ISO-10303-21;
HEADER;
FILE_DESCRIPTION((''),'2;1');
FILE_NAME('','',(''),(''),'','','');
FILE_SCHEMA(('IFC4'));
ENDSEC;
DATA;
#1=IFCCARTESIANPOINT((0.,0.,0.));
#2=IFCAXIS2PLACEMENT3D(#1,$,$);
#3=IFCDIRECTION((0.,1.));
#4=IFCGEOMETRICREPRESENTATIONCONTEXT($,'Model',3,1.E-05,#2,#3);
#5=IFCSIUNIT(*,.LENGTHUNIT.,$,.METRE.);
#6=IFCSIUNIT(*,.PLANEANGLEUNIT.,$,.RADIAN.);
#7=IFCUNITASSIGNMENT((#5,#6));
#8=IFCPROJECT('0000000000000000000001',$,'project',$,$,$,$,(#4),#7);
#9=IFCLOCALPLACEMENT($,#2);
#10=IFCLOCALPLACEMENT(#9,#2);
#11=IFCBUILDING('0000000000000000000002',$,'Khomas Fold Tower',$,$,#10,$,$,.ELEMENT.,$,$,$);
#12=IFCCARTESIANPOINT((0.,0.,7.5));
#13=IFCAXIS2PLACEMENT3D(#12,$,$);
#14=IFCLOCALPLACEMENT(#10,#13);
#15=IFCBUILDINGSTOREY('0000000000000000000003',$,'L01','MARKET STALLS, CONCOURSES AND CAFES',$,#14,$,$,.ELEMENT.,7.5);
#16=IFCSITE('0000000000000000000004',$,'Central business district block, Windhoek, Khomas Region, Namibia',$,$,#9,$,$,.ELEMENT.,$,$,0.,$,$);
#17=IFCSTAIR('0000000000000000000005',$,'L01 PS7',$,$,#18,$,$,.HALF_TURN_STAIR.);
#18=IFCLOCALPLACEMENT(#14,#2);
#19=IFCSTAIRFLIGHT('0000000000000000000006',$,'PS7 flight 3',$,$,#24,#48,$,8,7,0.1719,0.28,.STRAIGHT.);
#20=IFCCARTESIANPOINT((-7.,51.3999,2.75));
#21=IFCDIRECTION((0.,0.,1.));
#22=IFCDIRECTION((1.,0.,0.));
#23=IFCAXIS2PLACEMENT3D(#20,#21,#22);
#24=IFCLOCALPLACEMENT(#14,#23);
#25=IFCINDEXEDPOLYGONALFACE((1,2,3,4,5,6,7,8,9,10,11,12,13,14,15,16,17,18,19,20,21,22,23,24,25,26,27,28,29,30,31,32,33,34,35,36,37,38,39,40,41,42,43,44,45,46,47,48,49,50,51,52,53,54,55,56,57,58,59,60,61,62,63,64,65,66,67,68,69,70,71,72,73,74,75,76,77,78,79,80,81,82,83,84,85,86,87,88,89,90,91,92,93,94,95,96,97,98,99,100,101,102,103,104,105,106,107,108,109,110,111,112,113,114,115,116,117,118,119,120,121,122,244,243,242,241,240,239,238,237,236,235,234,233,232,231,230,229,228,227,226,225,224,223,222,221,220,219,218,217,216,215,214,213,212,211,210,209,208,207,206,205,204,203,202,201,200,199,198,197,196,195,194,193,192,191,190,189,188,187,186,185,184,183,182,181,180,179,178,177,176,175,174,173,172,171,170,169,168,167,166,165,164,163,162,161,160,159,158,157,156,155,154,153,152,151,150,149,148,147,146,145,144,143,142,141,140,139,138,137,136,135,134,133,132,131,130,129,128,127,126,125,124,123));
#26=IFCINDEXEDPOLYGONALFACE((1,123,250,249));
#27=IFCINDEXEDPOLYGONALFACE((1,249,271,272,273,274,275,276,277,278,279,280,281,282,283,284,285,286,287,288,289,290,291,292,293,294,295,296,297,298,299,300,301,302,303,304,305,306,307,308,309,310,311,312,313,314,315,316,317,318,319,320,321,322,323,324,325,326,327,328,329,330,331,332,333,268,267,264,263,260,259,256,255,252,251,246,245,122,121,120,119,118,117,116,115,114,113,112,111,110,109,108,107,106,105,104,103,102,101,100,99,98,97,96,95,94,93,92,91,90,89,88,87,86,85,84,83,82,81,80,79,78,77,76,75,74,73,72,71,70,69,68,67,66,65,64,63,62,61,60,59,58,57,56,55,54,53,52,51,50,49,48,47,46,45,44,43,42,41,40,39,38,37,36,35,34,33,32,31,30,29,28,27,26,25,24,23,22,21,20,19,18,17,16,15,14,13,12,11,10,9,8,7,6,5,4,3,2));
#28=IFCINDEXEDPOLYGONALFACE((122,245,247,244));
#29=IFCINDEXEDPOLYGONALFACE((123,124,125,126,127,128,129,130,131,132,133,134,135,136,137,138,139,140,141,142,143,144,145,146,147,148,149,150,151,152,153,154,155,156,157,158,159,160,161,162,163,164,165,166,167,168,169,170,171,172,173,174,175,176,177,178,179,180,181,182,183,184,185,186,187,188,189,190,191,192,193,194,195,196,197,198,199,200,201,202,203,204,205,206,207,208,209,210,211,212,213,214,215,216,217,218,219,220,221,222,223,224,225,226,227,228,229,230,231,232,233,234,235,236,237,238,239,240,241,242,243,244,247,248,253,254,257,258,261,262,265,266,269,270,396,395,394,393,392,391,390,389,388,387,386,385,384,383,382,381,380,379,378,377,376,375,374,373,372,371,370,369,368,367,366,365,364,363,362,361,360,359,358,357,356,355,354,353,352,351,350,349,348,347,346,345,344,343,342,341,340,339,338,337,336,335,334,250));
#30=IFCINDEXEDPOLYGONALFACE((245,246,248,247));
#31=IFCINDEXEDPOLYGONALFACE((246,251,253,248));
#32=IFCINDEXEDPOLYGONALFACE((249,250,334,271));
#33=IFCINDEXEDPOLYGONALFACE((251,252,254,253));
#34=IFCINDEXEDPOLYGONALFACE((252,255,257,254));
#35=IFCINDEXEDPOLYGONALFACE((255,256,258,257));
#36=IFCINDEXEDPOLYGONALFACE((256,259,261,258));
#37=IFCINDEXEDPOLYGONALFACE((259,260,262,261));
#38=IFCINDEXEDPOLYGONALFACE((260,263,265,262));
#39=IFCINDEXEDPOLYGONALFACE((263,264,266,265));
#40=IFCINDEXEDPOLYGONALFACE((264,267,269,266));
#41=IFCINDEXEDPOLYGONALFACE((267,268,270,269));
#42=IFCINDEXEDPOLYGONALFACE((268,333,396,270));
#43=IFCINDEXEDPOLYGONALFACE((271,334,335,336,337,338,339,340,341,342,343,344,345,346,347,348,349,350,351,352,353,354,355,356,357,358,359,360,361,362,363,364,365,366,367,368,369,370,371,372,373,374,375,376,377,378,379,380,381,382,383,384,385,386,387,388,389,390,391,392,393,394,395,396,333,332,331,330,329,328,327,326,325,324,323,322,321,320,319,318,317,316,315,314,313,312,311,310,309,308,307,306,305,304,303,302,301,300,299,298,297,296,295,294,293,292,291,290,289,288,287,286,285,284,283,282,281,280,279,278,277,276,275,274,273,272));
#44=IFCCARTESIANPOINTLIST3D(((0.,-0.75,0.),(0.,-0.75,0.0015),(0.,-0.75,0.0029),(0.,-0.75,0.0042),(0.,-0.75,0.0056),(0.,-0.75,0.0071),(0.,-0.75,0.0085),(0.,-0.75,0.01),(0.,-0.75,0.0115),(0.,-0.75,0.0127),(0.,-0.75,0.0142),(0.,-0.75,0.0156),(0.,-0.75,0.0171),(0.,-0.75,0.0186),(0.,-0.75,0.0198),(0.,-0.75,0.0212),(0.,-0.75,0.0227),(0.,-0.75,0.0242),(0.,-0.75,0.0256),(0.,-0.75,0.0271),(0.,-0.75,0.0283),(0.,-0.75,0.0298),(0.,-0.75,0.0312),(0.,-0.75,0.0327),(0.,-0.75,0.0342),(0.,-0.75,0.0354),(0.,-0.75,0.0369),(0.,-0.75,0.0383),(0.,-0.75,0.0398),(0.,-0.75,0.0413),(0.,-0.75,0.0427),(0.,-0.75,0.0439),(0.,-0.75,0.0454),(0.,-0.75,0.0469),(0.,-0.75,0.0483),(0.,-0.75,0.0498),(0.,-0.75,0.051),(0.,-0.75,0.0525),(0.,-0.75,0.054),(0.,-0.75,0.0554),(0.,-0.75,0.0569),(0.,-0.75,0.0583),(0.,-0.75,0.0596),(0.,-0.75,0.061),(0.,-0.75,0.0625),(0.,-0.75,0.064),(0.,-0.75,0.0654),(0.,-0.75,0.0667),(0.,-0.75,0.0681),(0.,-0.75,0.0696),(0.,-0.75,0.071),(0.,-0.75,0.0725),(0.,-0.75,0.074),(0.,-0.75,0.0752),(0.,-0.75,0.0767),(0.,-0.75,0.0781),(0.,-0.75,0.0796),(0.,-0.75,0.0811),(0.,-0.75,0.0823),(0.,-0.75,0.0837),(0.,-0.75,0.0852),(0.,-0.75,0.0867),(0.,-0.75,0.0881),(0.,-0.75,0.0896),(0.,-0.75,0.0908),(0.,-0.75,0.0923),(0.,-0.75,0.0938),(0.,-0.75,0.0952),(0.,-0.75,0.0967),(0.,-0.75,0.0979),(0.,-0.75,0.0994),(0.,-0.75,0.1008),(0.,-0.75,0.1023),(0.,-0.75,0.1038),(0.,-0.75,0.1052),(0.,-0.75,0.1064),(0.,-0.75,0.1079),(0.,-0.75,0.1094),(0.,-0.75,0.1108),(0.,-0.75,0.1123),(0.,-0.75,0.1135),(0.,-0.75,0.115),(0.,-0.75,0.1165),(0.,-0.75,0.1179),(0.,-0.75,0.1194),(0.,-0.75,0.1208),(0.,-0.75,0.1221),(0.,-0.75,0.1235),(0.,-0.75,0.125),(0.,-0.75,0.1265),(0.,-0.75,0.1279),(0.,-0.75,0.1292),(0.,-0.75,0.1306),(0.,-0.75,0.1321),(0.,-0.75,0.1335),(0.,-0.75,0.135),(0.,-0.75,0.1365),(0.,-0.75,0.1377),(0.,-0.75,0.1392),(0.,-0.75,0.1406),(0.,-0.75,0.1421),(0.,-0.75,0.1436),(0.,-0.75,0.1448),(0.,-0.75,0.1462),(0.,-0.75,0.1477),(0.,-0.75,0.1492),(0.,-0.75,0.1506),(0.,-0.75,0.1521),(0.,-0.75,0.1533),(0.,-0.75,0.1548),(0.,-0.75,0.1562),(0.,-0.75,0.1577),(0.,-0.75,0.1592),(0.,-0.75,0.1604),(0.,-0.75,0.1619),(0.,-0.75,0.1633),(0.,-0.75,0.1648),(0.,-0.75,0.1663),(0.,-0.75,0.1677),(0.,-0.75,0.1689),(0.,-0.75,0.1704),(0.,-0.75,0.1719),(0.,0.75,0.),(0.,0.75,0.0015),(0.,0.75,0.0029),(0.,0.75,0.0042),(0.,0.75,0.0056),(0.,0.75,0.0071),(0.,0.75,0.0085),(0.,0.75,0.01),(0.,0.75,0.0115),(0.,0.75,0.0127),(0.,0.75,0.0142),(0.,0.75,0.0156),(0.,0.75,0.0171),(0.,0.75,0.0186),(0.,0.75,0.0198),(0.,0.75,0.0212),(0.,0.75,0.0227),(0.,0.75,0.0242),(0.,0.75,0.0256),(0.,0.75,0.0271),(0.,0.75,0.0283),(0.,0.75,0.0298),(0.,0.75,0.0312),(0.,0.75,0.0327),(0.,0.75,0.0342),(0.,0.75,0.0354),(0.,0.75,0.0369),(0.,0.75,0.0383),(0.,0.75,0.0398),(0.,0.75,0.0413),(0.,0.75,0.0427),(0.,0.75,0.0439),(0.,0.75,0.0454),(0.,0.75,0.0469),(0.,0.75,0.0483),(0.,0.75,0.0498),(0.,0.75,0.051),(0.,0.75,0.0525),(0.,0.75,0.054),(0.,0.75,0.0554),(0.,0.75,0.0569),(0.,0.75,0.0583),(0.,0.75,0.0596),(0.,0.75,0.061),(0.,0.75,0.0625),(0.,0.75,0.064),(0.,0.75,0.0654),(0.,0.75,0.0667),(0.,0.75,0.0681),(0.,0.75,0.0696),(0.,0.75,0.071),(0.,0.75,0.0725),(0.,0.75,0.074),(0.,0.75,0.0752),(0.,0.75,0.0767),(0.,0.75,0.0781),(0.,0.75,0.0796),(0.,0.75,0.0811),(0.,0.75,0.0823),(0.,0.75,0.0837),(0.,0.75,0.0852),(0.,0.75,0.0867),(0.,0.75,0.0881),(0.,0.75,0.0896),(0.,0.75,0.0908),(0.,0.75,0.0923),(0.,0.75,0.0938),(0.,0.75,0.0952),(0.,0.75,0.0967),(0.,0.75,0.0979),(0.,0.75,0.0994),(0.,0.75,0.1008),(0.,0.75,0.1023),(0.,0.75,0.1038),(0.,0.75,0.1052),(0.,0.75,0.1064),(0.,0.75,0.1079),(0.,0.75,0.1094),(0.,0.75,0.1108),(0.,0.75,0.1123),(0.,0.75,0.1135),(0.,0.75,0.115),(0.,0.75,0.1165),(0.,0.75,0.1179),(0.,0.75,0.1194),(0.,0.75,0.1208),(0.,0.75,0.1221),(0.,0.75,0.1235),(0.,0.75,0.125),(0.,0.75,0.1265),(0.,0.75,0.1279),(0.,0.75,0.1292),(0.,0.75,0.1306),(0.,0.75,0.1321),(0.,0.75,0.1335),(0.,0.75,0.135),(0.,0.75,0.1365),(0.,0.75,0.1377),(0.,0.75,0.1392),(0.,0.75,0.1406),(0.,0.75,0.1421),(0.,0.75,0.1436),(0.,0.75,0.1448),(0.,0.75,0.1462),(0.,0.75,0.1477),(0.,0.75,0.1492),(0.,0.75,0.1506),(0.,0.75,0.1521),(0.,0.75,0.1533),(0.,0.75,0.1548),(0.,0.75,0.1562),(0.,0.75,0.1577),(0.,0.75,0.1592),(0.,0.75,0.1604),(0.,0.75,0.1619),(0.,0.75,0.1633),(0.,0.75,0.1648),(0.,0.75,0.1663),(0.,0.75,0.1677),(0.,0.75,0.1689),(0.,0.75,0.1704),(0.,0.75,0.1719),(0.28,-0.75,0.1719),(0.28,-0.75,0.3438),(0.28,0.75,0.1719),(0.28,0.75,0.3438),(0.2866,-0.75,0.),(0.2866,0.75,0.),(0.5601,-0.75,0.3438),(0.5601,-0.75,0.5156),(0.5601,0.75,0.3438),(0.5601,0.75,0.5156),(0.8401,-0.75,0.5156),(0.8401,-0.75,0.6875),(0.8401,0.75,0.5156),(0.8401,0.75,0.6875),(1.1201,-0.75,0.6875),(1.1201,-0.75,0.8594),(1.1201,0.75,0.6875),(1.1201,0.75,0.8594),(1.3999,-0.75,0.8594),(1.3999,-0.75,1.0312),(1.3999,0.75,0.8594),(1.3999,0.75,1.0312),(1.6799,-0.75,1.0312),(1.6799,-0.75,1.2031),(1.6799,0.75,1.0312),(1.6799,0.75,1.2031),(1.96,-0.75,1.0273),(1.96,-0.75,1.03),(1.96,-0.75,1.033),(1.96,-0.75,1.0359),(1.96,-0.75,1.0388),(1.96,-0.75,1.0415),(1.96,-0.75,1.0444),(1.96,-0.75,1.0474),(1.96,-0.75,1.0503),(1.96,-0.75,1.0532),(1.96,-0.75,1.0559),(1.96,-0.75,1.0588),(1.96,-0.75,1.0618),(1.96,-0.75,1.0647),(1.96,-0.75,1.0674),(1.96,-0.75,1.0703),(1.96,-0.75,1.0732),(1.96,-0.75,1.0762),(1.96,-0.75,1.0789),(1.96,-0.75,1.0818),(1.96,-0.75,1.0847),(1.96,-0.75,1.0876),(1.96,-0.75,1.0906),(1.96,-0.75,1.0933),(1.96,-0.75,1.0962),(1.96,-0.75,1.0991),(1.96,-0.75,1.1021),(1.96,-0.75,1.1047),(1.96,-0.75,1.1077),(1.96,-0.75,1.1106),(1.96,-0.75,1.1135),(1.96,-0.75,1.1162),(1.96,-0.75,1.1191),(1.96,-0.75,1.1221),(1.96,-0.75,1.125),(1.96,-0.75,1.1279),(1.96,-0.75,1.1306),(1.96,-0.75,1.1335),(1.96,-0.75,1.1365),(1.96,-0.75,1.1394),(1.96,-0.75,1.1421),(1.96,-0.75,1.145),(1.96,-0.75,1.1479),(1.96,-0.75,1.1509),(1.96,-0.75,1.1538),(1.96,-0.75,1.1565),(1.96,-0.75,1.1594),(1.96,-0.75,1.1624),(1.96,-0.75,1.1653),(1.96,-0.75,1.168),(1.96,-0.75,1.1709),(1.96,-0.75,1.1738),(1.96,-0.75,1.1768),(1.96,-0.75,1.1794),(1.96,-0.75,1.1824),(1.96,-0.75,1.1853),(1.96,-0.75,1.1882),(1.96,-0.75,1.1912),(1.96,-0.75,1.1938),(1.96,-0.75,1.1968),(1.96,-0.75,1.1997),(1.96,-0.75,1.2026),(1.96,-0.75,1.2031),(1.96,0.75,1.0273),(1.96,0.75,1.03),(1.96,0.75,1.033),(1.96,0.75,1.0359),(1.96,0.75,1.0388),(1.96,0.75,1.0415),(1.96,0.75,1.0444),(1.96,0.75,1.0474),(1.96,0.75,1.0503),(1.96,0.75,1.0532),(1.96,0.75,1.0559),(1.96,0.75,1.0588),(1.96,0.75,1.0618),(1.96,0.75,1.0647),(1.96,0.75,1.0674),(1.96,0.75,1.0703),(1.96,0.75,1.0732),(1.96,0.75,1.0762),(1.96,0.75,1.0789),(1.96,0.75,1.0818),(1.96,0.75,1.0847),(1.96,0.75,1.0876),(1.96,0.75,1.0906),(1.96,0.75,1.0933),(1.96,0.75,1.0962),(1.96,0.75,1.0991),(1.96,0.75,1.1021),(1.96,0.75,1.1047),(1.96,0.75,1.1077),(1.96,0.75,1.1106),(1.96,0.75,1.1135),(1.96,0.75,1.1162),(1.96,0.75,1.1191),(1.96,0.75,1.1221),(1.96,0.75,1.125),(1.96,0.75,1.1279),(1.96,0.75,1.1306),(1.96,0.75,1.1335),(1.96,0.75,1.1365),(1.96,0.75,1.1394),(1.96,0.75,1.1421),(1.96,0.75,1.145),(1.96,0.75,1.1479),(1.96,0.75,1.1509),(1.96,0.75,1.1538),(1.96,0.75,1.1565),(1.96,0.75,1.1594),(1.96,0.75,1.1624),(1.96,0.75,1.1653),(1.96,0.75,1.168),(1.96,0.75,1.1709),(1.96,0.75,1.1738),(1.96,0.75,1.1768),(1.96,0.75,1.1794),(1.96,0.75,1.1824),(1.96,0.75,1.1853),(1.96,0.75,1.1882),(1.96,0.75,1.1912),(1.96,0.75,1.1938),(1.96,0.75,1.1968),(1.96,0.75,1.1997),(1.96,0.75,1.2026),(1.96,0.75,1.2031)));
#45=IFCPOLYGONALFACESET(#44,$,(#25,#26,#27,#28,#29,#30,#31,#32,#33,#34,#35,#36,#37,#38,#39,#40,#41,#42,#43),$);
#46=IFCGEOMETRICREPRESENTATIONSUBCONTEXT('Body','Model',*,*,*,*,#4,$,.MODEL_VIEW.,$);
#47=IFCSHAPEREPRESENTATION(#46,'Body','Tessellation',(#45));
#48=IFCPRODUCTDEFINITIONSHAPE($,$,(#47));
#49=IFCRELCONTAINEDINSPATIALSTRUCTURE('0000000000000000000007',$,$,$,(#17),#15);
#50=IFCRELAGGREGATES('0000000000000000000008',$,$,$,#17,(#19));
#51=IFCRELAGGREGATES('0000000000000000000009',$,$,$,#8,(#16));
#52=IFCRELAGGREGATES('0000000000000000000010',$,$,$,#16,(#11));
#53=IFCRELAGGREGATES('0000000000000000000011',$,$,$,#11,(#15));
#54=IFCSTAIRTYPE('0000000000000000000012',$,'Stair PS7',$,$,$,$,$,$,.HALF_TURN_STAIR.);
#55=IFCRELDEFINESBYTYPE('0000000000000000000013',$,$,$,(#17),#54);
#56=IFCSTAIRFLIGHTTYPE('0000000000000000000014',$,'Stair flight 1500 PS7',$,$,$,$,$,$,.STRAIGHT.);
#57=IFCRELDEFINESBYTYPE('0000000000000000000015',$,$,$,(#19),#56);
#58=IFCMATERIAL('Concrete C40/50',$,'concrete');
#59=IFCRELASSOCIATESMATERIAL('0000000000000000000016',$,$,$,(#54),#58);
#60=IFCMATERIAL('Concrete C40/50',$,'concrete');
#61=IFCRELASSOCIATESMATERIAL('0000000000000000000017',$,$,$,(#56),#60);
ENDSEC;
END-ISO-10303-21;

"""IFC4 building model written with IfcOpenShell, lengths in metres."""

from ifc_helpers import new_model, si_unit, direction, frame, origin, place, context, subcontext, project, spatial, polyline, outline, extrude, source, transform, mapped, material, type_object, element, aggregate, save


model = new_model("IFC4")

# Units and contexts
model_context = context("Model", 3, precision=1e-05, world=origin(), true_north=direction((0.0, 1.0)))
body_context = subcontext(model_context, "Body", "Model", "MODEL_VIEW")
ifc_project = project(units=[si_unit("LENGTHUNIT", "METRE"), si_unit("PLANEANGLEUNIT", "RADIAN")], contexts=[model_context])

# Site, building, storey
site_placement = place(None, origin())
site = spatial("IfcSite", under=ifc_project, at=site_placement, Name="Central business district block, Windhoek, Khomas Region, Namibia", CompositionType="ELEMENT", RefElevation=0.0)
building_placement = place(site_placement, origin())
building = spatial("IfcBuilding", under=site, at=building_placement, Name="Khomas Fold Tower", CompositionType="ELEMENT")
storey_placement = place(building_placement, frame((0.0, 0.0, 7.5)))
storey = spatial("IfcBuildingStorey", under=building, at=storey_placement, Name="L01", Description="MARKET STALLS, CONCOURSES AND CAFES", CompositionType="ELEMENT", Elevation=7.5)

# Stair, stair flight
ifc_material_1 = material(Name="Concrete C40/50", Category="concrete")
stair_type = type_object("IfcStairType", Name="Stair PS7", PredefinedType="HALF_TURN_STAIR", material=ifc_material_1)
stair_placement = place(storey_placement, origin())
stair = element("IfcStair", 1, at=stair_placement, inside=storey, type_object=stair_type, Name="L01 PS7", PredefinedType="HALF_TURN_STAIR")
ifc_material_2 = material(Name="Concrete C40/50", Category="concrete")
stair_flight_type = type_object("IfcStairFlightType", Name="Stair flight 1500 PS7", PredefinedType="STRAIGHT", material=ifc_material_2)
shared_shape_1 = source(origin(), body_context, "Body", "SweptSolid", [
    extrude(outline(polyline([(0.0, 0.0), (0.0, 0.0015), (0.0, 0.0029), (0.0, 0.0042), (0.0, 0.0056), (0.0, 0.0071), (0.0, 0.0085), (0.0, 0.01), (0.0, 0.0115), (0.0, 0.0127), (0.0, 0.0142), (0.0, 0.0156), (0.0, 0.0171), (0.0, 0.0186), (0.0, 0.0198), (0.0, 0.0212), (0.0, 0.0227), (0.0, 0.0242), (0.0, 0.0256), (0.0, 0.0271), (0.0, 0.0283), (0.0, 0.0298), (0.0, 0.0312), (0.0, 0.0327), (0.0, 0.0342), (0.0, 0.0354), (0.0, 0.0369), (0.0, 0.0383), (0.0, 0.0398), (0.0, 0.0413), (0.0, 0.0427), (0.0, 0.0439), (0.0, 0.0454), (0.0, 0.0469), (0.0, 0.0483), (0.0, 0.0498), (0.0, 0.051), (0.0, 0.0525), (0.0, 0.054), (0.0, 0.0554), (0.0, 0.0569), (0.0, 0.0583), (0.0, 0.0596), (0.0, 0.061), (0.0, 0.0625), (0.0, 0.064), (0.0, 0.0654), (0.0, 0.0667), (0.0, 0.0681), (0.0, 0.0696), (0.0, 0.071), (0.0, 0.0725), (0.0, 0.074), (0.0, 0.0752), (0.0, 0.0767), (0.0, 0.0781), (0.0, 0.0796), (0.0, 0.0811), (0.0, 0.0823), (0.0, 0.0837), (0.0, 0.0852), (0.0, 0.0867), (0.0, 0.0881), (0.0, 0.0896), (0.0, 0.0908), (0.0, 0.0923), (0.0, 0.0938), (0.0, 0.0952), (0.0, 0.0967), (0.0, 0.0979), (0.0, 0.0994), (0.0, 0.1008), (0.0, 0.1023), (0.0, 0.1038), (0.0, 0.1052), (0.0, 0.1064), (0.0, 0.1079), (0.0, 0.1094), (0.0, 0.1108), (0.0, 0.1123), (0.0, 0.1135), (0.0, 0.115), (0.0, 0.1165), (0.0, 0.1179), (0.0, 0.1194), (0.0, 0.1208), (0.0, 0.1221), (0.0, 0.1235), (0.0, 0.125), (0.0, 0.1265), (0.0, 0.1279), (0.0, 0.1292), (0.0, 0.1306), (0.0, 0.1321), (0.0, 0.1335), (0.0, 0.135), (0.0, 0.1365), (0.0, 0.1377), (0.0, 0.1392), (0.0, 0.1406), (0.0, 0.1421), (0.0, 0.1436), (0.0, 0.1448), (0.0, 0.1462), (0.0, 0.1477), (0.0, 0.1492), (0.0, 0.1506), (0.0, 0.1521), (0.0, 0.1533), (0.0, 0.1548), (0.0, 0.1562), (0.0, 0.1577), (0.0, 0.1592), (0.0, 0.1604), (0.0, 0.1619), (0.0, 0.1633), (0.0, 0.1648), (0.0, 0.1663), (0.0, 0.1677), (0.0, 0.1689), (0.0, 0.1704), (0.0, 0.1719), (0.28, 0.1719), (0.28, 0.3438), (0.5601, 0.3438), (0.5601, 0.5156), (0.8401, 0.5156), (0.8401, 0.6875), (1.1201, 0.6875), (1.1201, 0.8594), (1.3999, 0.8594), (1.3999, 1.0312), (1.6799, 1.0312), (1.6799, 1.2031), (1.96, 1.2031), (1.96, 1.375), (1.96, 1.3721), (1.96, 1.3691), (1.96, 1.3665), (1.96, 1.3635), (1.96, 1.3606), (1.96, 1.3577), (1.96, 1.355), (1.96, 1.3521), (1.96, 1.3491), (1.96, 1.3462), (1.96, 1.3435), (1.96, 1.3406), (1.96, 1.3376), (1.96, 1.3347), (1.96, 1.3318), (1.96, 1.3291), (1.96, 1.3262), (1.96, 1.3232), (1.96, 1.3203), (1.96, 1.3176), (1.96, 1.3147), (1.96, 1.3118), (1.96, 1.3088), (1.96, 1.3059), (1.96, 1.3032), (1.96, 1.3003), (1.96, 1.2974), (1.96, 1.2944), (1.96, 1.2917), (1.96, 1.2888), (1.96, 1.2859), (1.96, 1.283), (1.96, 1.2803), (1.96, 1.2773), (1.96, 1.2744), (1.96, 1.2715), (1.96, 1.2686), (1.96, 1.2659), (1.96, 1.2629), (1.96, 1.26), (1.96, 1.2571), (1.96, 1.2544), (1.96, 1.2515), (1.96, 1.2485), (1.96, 1.2456), (1.96, 1.2427), (1.96, 1.24), (1.96, 1.2371), (1.96, 1.2341), (1.96, 1.2312), (1.96, 1.2285), (1.96, 1.2256), (1.96, 1.2227), (1.96, 1.2197), (1.96, 1.217), (1.96, 1.2141), (1.96, 1.2112), (1.96, 1.2083), (1.96, 1.2053), (1.96, 1.2026), (1.96, 1.1997), (1.96, 1.1968), (1.96, 1.1938), (1.96, 1.1912), (1.96, 1.1882), (1.96, 1.1853), (1.96, 1.1824), (1.96, 1.1794), (1.96, 1.1768), (1.96, 1.1738), (1.96, 1.1709), (1.96, 1.168), (1.96, 1.1653), (1.96, 1.1624), (1.96, 1.1594), (1.96, 1.1565), (1.96, 1.1538), (1.96, 1.1509), (1.96, 1.1479), (1.96, 1.145), (1.96, 1.1421), (1.96, 1.1394), (1.96, 1.1365), (1.96, 1.1335), (1.96, 1.1306), (1.96, 1.1279), (1.96, 1.125), (1.96, 1.1221), (1.96, 1.1191), (1.96, 1.1162), (1.96, 1.1135), (1.96, 1.1106), (1.96, 1.1077), (1.96, 1.1047), (1.96, 1.1021), (1.96, 1.0991), (1.96, 1.0962), (1.96, 1.0933), (1.96, 1.0906), (1.96, 1.0876), (1.96, 1.0847), (1.96, 1.0818), (1.96, 1.0789), (1.96, 1.0762), (1.96, 1.0732), (1.96, 1.0703), (1.96, 1.0674), (1.96, 1.0647), (1.96, 1.0618), (1.96, 1.0588), (1.96, 1.0559), (1.96, 1.0532), (1.96, 1.0503), (1.96, 1.0474), (1.96, 1.0444), (1.96, 1.0415), (1.96, 1.0388), (1.96, 1.0359), (1.96, 1.033), (1.96, 1.03), (1.96, 1.0273), (0.2866, 0.0), (0.0, 0.0)])), frame((0.0, 0.75, 0.0), z_axis=(0.0, -1.0, 0.0), x_axis=(1.0, 0.0, 0.0)), (0.0, 0.0, 1.0), 1.5),
])
stair_flight_1_placement = place(storey_placement, frame((-7.0, 51.3999, 2.75), z_axis=(0.0, 0.0, 1.0), x_axis=(1.0, 0.0, 0.0)))
stair_flight_1 = element("IfcStairFlight", 2, at=stair_flight_1_placement, type_object=stair_flight_type, Name="PS7 flight 3", NumberOfRisers=8, NumberOfTreads=7, PredefinedType="STRAIGHT", RiserHeight=0.1719, TreadLength=0.28, context=body_context, shape_type="MappedRepresentation", body=[
    mapped(shared_shape_1, transform((0.0, 0.0, 0.0))),
])
aggregate(stair, [stair_flight_1])

save(model, "model.ifc")
